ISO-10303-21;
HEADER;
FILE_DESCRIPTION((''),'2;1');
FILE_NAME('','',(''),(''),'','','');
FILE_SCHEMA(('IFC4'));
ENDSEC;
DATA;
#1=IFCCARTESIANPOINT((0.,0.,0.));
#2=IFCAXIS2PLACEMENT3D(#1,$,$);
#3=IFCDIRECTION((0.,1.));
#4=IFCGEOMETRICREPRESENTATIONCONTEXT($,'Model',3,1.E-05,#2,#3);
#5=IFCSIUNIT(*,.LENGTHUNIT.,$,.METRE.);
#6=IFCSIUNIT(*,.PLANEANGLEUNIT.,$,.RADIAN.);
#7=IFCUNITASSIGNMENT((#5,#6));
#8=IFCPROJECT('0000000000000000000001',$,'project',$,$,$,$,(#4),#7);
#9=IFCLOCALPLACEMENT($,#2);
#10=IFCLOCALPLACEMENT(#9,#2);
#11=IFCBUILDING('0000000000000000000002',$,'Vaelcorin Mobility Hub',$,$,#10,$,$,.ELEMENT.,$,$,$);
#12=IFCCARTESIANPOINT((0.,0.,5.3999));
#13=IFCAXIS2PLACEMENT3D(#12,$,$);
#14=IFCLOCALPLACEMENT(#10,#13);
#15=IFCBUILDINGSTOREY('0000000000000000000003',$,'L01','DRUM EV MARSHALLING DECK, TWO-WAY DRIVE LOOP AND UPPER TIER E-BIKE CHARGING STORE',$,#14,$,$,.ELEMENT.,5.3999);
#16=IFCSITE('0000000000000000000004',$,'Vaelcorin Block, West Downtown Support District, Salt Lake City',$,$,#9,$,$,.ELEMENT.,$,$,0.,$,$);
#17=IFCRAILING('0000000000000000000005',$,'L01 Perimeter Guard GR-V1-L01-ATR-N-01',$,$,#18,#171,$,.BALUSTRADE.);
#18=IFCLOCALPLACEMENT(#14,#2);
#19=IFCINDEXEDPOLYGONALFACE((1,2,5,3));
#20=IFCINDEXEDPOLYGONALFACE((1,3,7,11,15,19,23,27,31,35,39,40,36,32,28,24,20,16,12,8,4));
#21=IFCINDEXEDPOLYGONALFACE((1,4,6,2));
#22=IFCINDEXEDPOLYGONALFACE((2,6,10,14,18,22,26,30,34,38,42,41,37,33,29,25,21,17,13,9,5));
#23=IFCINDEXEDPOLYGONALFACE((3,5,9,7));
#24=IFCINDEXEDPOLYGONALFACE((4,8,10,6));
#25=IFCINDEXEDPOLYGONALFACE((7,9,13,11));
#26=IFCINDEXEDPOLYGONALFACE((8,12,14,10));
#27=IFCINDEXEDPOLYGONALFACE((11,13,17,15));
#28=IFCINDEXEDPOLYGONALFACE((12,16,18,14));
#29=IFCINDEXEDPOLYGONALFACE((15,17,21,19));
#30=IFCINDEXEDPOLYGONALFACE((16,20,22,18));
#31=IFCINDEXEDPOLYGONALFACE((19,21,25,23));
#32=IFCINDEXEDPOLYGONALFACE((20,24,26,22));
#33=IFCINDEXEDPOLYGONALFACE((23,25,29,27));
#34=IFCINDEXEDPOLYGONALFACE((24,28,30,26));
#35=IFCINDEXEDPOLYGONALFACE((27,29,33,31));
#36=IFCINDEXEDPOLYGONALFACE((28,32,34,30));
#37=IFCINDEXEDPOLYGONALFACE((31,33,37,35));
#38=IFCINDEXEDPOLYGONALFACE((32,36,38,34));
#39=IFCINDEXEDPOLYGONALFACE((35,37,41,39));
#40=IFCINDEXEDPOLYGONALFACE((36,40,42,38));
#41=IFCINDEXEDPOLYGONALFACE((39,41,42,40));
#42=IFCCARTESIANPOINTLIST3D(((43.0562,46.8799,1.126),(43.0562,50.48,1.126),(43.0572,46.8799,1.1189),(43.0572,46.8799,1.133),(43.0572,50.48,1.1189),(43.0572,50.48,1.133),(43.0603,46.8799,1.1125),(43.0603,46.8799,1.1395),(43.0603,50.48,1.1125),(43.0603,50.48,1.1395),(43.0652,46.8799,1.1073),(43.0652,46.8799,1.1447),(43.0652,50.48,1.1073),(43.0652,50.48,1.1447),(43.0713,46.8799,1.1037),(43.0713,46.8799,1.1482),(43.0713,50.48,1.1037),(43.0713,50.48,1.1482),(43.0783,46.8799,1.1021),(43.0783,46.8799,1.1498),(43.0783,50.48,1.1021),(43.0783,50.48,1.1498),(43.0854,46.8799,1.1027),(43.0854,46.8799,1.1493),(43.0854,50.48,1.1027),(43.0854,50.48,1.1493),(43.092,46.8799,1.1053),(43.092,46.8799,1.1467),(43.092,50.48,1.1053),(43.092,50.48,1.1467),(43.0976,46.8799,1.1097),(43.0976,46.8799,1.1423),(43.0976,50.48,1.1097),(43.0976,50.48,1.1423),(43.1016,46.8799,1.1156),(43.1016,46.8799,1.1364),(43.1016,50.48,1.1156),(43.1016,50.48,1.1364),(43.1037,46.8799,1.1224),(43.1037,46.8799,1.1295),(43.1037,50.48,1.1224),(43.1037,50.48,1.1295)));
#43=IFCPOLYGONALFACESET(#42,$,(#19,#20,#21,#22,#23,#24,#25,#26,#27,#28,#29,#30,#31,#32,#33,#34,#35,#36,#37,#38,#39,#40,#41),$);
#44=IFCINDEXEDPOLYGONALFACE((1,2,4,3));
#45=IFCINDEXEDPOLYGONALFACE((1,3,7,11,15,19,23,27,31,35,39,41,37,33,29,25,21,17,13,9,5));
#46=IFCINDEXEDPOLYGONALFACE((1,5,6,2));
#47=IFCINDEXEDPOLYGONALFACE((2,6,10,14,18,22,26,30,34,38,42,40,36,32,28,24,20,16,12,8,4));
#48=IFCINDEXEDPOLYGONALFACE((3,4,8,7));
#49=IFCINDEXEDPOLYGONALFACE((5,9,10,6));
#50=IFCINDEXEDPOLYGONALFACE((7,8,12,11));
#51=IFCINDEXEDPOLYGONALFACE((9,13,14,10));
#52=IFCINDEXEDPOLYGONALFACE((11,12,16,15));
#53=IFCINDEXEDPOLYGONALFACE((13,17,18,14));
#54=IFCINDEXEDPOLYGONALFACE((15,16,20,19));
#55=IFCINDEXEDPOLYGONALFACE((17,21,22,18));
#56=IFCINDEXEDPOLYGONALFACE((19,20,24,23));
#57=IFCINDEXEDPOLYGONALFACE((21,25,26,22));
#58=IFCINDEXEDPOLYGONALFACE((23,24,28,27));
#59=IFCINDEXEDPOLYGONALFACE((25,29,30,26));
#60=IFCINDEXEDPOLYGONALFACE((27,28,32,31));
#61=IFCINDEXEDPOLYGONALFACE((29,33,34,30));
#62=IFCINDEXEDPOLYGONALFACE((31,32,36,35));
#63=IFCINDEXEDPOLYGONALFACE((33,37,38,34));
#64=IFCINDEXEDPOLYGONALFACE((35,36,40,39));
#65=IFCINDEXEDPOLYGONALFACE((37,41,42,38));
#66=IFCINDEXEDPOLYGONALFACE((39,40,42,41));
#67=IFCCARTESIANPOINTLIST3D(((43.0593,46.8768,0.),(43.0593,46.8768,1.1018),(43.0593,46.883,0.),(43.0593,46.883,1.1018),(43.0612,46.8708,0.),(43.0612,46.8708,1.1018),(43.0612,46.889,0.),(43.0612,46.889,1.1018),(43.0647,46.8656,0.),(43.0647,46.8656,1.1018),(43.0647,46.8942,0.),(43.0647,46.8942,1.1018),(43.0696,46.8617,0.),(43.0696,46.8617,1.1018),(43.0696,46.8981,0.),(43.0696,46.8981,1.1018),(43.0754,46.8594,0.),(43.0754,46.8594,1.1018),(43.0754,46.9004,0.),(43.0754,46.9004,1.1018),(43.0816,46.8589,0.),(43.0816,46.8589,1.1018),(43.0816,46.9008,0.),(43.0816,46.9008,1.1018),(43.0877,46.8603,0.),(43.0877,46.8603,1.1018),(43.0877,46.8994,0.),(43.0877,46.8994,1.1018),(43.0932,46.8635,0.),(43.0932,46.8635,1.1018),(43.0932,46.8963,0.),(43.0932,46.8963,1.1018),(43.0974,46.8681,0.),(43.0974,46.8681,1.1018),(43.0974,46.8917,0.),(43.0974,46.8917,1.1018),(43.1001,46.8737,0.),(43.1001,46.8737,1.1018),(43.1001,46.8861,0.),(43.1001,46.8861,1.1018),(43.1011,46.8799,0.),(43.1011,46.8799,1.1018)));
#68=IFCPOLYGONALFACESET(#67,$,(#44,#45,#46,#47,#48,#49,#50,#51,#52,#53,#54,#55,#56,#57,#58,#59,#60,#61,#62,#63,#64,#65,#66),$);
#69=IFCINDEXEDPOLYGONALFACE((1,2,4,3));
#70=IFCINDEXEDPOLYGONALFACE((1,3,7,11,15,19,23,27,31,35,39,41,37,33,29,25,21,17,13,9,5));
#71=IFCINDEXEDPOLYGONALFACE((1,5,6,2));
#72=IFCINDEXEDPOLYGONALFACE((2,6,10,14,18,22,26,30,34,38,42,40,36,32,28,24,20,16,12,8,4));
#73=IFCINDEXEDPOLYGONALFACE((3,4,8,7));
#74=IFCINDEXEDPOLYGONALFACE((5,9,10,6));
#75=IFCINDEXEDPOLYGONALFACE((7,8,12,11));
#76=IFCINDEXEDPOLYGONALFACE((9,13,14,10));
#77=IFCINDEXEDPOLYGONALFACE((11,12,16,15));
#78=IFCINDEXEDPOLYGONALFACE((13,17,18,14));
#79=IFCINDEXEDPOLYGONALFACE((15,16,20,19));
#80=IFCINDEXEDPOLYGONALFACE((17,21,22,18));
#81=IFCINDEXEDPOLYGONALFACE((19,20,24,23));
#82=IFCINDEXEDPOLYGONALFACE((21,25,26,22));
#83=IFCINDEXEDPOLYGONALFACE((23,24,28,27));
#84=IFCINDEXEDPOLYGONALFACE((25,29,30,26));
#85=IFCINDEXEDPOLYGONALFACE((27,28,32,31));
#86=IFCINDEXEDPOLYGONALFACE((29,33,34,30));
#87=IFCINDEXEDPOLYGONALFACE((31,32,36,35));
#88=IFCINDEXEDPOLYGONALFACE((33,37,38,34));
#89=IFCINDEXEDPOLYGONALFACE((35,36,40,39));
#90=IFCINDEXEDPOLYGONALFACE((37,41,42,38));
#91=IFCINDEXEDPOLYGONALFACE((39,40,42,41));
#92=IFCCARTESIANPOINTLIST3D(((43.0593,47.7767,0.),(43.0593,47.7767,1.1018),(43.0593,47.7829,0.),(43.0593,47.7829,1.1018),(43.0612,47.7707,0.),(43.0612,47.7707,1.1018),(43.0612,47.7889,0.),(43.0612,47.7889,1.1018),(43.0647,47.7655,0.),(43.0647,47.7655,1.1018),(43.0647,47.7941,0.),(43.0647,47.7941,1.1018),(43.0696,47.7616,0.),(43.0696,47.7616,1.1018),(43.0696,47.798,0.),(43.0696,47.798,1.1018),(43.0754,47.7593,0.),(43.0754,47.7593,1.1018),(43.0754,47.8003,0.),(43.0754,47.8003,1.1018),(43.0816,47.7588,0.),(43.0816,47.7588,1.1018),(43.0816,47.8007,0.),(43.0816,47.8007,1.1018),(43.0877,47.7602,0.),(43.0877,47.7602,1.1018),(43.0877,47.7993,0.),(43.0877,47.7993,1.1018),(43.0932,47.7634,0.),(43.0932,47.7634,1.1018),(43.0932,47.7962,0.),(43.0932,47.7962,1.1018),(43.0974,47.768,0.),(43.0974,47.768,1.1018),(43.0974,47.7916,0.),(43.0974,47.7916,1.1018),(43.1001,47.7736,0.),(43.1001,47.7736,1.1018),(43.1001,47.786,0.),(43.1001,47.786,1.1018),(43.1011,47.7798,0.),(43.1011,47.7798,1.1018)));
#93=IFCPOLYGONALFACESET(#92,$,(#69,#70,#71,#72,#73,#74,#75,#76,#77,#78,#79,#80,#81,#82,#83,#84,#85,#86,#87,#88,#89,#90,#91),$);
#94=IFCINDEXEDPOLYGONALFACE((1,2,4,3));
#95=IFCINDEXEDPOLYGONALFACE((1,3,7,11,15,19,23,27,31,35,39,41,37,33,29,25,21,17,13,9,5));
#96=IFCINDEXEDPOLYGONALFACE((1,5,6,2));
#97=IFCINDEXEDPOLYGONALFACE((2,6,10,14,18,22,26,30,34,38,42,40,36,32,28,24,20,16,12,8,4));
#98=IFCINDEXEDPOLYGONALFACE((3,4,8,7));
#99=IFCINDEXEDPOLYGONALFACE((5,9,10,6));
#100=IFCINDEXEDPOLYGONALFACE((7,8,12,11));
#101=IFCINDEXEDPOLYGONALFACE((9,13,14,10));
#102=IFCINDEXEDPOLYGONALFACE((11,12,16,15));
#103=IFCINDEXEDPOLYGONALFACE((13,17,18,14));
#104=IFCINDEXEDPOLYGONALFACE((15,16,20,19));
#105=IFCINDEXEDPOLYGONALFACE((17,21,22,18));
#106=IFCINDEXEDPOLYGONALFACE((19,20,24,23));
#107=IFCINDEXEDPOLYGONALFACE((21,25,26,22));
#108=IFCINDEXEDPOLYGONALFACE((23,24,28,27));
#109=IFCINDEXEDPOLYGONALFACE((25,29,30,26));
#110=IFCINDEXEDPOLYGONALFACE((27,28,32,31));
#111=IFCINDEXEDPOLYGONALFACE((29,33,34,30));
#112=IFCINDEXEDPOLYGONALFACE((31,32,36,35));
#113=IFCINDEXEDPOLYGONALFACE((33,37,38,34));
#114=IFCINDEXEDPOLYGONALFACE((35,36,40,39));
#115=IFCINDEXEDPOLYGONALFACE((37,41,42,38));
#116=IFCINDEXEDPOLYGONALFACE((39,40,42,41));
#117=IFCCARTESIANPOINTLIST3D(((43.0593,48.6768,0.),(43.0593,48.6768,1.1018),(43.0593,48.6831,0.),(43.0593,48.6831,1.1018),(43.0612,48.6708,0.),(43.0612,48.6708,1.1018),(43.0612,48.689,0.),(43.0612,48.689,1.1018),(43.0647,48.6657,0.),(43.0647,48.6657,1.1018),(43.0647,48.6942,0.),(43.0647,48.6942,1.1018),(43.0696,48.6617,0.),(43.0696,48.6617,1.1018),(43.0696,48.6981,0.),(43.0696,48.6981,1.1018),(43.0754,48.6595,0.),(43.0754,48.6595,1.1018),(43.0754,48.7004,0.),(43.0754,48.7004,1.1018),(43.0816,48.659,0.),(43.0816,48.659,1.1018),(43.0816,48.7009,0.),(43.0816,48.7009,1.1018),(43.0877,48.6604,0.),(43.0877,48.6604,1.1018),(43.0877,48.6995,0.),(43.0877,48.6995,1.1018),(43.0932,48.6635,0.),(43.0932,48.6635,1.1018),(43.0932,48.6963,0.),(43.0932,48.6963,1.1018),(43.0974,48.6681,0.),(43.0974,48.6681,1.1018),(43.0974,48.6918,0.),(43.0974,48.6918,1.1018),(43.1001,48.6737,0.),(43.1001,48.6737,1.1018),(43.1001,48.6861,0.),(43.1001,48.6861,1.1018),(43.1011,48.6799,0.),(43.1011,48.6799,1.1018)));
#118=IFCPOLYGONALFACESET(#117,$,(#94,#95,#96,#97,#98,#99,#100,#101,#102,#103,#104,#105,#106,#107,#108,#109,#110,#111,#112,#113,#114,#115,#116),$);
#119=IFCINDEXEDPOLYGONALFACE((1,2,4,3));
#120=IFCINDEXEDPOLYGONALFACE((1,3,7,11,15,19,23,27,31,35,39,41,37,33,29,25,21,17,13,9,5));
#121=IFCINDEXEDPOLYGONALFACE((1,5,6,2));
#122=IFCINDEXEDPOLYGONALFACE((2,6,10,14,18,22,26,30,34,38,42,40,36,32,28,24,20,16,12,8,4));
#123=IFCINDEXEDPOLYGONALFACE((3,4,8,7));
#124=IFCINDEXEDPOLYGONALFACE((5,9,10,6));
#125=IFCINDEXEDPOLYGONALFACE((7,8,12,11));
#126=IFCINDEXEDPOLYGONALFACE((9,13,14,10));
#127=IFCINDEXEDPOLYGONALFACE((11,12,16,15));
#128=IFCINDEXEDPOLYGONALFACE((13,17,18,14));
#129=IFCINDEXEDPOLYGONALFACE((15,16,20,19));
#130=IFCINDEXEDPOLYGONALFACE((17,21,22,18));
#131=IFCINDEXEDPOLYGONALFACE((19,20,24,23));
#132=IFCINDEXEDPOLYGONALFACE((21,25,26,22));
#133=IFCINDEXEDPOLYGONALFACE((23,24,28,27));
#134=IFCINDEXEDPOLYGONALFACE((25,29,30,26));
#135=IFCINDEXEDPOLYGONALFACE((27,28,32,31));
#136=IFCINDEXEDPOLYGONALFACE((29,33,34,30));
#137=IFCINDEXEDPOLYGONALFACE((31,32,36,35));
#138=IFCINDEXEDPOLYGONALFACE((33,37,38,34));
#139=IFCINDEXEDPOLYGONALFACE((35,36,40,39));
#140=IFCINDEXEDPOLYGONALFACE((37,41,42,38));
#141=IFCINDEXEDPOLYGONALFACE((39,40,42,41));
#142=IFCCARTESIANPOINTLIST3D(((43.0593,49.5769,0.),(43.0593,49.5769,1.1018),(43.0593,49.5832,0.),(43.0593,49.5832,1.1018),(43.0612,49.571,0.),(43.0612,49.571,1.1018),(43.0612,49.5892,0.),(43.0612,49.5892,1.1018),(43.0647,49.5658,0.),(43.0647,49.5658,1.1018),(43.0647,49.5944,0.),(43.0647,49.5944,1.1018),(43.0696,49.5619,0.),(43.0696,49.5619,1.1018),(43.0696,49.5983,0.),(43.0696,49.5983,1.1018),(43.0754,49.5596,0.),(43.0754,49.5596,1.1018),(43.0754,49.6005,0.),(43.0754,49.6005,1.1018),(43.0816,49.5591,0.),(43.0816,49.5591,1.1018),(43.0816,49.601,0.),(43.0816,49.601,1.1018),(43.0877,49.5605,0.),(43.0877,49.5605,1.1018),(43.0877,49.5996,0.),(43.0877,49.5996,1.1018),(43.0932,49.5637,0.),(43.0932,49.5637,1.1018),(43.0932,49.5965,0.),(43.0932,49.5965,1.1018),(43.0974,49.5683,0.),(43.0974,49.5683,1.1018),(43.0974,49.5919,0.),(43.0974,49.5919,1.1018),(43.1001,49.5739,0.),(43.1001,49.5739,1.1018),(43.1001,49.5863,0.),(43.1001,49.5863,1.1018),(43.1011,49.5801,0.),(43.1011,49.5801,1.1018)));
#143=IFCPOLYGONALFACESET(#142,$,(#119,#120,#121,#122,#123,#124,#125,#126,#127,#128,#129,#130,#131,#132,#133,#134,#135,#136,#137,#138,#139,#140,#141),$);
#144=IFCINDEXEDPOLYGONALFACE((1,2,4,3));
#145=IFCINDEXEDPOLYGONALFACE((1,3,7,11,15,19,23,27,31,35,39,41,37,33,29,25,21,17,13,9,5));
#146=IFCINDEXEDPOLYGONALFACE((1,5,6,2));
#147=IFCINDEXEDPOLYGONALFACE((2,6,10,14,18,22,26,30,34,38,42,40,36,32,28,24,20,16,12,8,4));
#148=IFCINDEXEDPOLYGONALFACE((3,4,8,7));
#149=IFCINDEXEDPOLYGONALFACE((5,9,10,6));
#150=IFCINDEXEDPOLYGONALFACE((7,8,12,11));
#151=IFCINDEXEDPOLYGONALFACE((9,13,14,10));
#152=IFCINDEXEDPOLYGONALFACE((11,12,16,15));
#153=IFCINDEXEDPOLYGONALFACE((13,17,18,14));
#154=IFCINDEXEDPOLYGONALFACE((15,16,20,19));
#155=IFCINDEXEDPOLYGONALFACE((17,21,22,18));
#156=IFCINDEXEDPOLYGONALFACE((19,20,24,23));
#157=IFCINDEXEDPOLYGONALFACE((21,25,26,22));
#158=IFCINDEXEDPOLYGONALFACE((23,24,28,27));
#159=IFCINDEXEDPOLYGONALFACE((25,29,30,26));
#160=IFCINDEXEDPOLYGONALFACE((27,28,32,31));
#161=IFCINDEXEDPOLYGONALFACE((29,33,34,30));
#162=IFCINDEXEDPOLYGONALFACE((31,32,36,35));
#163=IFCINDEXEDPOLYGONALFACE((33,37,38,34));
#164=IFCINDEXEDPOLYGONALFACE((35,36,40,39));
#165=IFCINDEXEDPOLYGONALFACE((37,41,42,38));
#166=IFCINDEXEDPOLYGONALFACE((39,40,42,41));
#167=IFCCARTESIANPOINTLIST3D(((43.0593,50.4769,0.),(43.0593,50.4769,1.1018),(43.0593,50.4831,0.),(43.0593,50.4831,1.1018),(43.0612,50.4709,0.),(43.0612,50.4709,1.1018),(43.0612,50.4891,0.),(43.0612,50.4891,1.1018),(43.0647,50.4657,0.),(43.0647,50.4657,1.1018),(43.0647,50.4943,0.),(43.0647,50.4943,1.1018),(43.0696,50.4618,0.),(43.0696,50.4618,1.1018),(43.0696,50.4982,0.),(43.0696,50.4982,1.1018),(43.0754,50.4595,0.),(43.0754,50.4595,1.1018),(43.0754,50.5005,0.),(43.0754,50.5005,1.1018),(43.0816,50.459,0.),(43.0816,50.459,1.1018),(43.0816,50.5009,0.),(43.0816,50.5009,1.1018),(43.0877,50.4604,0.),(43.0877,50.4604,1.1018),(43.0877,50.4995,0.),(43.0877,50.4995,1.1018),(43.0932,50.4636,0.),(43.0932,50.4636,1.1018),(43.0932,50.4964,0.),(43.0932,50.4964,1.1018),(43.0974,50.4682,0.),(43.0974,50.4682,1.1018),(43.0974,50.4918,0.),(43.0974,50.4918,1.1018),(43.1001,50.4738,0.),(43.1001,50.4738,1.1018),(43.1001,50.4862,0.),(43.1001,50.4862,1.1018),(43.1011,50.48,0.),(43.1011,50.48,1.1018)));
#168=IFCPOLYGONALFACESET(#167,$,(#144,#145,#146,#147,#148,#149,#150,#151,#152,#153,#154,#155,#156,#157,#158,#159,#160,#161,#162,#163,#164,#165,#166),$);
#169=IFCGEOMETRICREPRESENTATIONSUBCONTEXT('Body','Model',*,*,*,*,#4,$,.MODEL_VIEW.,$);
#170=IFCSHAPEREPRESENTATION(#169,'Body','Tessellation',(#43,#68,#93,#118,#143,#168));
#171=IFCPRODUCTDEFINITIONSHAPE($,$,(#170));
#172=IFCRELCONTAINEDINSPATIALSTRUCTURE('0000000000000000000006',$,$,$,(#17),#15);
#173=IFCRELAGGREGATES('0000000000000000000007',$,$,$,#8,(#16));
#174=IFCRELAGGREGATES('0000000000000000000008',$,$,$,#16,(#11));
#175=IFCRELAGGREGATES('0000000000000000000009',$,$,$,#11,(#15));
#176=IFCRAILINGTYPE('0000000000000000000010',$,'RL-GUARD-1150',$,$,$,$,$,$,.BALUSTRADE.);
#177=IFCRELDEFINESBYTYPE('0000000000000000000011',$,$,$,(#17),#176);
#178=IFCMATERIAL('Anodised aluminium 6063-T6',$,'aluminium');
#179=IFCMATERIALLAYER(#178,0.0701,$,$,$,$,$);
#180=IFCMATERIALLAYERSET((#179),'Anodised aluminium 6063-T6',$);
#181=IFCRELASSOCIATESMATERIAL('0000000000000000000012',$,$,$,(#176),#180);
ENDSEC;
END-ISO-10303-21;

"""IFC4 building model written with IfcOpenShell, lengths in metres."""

from ifc_helpers import new_model, si_unit, direction, frame, origin, origin_2d, place, context, subcontext, project, spatial, circle, extrude, material, layer, layer_set, type_object, element, save


model = new_model("IFC4")

# Units and contexts
model_context = context("Model", 3, precision=1e-05, world=origin(), true_north=direction((0.0, 1.0)))
body_context = subcontext(model_context, "Body", "Model", "MODEL_VIEW")
ifc_project = project(units=[si_unit("LENGTHUNIT", "METRE"), si_unit("PLANEANGLEUNIT", "RADIAN")], contexts=[model_context])

# Site, building, storey
site_placement = place(None, origin())
site = spatial("IfcSite", under=ifc_project, at=site_placement, Name="Vaelcorin Block, West Downtown Support District, Salt Lake City", CompositionType="ELEMENT", RefElevation=0.0)
building_placement = place(site_placement, origin())
building = spatial("IfcBuilding", under=site, at=building_placement, Name="Vaelcorin Mobility Hub", CompositionType="ELEMENT")
storey_placement = place(building_placement, frame((0.0, 0.0, 5.3999)))
storey = spatial("IfcBuildingStorey", under=building, at=storey_placement, Name="L01", Description="DRUM EV MARSHALLING DECK, TWO-WAY DRIVE LOOP AND UPPER TIER E-BIKE CHARGING STORE", CompositionType="ELEMENT", Elevation=5.3999)

# Railing
ifc_material_1 = material(Name="Anodised aluminium 6063-T6", Category="aluminium")
ifc_layer_1 = layer(ifc_material_1, 0.0701)
ifc_layer_set_1 = layer_set([ifc_layer_1], Name="Anodised aluminium 6063-T6")
railing_type_1 = type_object("IfcRailingType", Name="RL-GUARD-1150", PredefinedType="BALUSTRADE", material=ifc_layer_set_1)
railing_1_placement = place(storey_placement, frame((43.0801, 46.8799, 0.0)))
element("IfcRailing", 1, at=railing_1_placement, inside=storey, type_object=railing_type_1, Name="L01 Perimeter Guard GR-V1-L01-ATR-N-01", PredefinedType="BALUSTRADE", context=body_context, shape_type="SweptSolid", body=[
    extrude(circle(Radius=0.0239, at=origin_2d()), frame((0.0, 0.0, 1.126), z_axis=(0.0, 1.0, 0.0), x_axis=(-1.0, 0.0, 0.0)), (0.0, 0.0, 1.0), 3.6001),
    extrude(circle(Radius=0.021, at=origin_2d()), origin(), (0.0, 0.0, 1.0), 1.1018),
    extrude(circle(Radius=0.021, at=origin_2d()), frame((0.0, 0.8999, 0.0)), (0.0, 0.0, 1.0), 1.1018),
    extrude(circle(Radius=0.021, at=origin_2d()), frame((0.0, 1.8, 0.0)), (0.0, 0.0, 1.0), 1.1018),
    extrude(circle(Radius=0.021, at=origin_2d()), frame((0.0, 2.7002, 0.0)), (0.0, 0.0, 1.0), 1.1018),
    extrude(circle(Radius=0.021, at=origin_2d()), frame((0.0, 3.6001, 0.0)), (0.0, 0.0, 1.0), 1.1018),
])

save(model, "model.ifc")
